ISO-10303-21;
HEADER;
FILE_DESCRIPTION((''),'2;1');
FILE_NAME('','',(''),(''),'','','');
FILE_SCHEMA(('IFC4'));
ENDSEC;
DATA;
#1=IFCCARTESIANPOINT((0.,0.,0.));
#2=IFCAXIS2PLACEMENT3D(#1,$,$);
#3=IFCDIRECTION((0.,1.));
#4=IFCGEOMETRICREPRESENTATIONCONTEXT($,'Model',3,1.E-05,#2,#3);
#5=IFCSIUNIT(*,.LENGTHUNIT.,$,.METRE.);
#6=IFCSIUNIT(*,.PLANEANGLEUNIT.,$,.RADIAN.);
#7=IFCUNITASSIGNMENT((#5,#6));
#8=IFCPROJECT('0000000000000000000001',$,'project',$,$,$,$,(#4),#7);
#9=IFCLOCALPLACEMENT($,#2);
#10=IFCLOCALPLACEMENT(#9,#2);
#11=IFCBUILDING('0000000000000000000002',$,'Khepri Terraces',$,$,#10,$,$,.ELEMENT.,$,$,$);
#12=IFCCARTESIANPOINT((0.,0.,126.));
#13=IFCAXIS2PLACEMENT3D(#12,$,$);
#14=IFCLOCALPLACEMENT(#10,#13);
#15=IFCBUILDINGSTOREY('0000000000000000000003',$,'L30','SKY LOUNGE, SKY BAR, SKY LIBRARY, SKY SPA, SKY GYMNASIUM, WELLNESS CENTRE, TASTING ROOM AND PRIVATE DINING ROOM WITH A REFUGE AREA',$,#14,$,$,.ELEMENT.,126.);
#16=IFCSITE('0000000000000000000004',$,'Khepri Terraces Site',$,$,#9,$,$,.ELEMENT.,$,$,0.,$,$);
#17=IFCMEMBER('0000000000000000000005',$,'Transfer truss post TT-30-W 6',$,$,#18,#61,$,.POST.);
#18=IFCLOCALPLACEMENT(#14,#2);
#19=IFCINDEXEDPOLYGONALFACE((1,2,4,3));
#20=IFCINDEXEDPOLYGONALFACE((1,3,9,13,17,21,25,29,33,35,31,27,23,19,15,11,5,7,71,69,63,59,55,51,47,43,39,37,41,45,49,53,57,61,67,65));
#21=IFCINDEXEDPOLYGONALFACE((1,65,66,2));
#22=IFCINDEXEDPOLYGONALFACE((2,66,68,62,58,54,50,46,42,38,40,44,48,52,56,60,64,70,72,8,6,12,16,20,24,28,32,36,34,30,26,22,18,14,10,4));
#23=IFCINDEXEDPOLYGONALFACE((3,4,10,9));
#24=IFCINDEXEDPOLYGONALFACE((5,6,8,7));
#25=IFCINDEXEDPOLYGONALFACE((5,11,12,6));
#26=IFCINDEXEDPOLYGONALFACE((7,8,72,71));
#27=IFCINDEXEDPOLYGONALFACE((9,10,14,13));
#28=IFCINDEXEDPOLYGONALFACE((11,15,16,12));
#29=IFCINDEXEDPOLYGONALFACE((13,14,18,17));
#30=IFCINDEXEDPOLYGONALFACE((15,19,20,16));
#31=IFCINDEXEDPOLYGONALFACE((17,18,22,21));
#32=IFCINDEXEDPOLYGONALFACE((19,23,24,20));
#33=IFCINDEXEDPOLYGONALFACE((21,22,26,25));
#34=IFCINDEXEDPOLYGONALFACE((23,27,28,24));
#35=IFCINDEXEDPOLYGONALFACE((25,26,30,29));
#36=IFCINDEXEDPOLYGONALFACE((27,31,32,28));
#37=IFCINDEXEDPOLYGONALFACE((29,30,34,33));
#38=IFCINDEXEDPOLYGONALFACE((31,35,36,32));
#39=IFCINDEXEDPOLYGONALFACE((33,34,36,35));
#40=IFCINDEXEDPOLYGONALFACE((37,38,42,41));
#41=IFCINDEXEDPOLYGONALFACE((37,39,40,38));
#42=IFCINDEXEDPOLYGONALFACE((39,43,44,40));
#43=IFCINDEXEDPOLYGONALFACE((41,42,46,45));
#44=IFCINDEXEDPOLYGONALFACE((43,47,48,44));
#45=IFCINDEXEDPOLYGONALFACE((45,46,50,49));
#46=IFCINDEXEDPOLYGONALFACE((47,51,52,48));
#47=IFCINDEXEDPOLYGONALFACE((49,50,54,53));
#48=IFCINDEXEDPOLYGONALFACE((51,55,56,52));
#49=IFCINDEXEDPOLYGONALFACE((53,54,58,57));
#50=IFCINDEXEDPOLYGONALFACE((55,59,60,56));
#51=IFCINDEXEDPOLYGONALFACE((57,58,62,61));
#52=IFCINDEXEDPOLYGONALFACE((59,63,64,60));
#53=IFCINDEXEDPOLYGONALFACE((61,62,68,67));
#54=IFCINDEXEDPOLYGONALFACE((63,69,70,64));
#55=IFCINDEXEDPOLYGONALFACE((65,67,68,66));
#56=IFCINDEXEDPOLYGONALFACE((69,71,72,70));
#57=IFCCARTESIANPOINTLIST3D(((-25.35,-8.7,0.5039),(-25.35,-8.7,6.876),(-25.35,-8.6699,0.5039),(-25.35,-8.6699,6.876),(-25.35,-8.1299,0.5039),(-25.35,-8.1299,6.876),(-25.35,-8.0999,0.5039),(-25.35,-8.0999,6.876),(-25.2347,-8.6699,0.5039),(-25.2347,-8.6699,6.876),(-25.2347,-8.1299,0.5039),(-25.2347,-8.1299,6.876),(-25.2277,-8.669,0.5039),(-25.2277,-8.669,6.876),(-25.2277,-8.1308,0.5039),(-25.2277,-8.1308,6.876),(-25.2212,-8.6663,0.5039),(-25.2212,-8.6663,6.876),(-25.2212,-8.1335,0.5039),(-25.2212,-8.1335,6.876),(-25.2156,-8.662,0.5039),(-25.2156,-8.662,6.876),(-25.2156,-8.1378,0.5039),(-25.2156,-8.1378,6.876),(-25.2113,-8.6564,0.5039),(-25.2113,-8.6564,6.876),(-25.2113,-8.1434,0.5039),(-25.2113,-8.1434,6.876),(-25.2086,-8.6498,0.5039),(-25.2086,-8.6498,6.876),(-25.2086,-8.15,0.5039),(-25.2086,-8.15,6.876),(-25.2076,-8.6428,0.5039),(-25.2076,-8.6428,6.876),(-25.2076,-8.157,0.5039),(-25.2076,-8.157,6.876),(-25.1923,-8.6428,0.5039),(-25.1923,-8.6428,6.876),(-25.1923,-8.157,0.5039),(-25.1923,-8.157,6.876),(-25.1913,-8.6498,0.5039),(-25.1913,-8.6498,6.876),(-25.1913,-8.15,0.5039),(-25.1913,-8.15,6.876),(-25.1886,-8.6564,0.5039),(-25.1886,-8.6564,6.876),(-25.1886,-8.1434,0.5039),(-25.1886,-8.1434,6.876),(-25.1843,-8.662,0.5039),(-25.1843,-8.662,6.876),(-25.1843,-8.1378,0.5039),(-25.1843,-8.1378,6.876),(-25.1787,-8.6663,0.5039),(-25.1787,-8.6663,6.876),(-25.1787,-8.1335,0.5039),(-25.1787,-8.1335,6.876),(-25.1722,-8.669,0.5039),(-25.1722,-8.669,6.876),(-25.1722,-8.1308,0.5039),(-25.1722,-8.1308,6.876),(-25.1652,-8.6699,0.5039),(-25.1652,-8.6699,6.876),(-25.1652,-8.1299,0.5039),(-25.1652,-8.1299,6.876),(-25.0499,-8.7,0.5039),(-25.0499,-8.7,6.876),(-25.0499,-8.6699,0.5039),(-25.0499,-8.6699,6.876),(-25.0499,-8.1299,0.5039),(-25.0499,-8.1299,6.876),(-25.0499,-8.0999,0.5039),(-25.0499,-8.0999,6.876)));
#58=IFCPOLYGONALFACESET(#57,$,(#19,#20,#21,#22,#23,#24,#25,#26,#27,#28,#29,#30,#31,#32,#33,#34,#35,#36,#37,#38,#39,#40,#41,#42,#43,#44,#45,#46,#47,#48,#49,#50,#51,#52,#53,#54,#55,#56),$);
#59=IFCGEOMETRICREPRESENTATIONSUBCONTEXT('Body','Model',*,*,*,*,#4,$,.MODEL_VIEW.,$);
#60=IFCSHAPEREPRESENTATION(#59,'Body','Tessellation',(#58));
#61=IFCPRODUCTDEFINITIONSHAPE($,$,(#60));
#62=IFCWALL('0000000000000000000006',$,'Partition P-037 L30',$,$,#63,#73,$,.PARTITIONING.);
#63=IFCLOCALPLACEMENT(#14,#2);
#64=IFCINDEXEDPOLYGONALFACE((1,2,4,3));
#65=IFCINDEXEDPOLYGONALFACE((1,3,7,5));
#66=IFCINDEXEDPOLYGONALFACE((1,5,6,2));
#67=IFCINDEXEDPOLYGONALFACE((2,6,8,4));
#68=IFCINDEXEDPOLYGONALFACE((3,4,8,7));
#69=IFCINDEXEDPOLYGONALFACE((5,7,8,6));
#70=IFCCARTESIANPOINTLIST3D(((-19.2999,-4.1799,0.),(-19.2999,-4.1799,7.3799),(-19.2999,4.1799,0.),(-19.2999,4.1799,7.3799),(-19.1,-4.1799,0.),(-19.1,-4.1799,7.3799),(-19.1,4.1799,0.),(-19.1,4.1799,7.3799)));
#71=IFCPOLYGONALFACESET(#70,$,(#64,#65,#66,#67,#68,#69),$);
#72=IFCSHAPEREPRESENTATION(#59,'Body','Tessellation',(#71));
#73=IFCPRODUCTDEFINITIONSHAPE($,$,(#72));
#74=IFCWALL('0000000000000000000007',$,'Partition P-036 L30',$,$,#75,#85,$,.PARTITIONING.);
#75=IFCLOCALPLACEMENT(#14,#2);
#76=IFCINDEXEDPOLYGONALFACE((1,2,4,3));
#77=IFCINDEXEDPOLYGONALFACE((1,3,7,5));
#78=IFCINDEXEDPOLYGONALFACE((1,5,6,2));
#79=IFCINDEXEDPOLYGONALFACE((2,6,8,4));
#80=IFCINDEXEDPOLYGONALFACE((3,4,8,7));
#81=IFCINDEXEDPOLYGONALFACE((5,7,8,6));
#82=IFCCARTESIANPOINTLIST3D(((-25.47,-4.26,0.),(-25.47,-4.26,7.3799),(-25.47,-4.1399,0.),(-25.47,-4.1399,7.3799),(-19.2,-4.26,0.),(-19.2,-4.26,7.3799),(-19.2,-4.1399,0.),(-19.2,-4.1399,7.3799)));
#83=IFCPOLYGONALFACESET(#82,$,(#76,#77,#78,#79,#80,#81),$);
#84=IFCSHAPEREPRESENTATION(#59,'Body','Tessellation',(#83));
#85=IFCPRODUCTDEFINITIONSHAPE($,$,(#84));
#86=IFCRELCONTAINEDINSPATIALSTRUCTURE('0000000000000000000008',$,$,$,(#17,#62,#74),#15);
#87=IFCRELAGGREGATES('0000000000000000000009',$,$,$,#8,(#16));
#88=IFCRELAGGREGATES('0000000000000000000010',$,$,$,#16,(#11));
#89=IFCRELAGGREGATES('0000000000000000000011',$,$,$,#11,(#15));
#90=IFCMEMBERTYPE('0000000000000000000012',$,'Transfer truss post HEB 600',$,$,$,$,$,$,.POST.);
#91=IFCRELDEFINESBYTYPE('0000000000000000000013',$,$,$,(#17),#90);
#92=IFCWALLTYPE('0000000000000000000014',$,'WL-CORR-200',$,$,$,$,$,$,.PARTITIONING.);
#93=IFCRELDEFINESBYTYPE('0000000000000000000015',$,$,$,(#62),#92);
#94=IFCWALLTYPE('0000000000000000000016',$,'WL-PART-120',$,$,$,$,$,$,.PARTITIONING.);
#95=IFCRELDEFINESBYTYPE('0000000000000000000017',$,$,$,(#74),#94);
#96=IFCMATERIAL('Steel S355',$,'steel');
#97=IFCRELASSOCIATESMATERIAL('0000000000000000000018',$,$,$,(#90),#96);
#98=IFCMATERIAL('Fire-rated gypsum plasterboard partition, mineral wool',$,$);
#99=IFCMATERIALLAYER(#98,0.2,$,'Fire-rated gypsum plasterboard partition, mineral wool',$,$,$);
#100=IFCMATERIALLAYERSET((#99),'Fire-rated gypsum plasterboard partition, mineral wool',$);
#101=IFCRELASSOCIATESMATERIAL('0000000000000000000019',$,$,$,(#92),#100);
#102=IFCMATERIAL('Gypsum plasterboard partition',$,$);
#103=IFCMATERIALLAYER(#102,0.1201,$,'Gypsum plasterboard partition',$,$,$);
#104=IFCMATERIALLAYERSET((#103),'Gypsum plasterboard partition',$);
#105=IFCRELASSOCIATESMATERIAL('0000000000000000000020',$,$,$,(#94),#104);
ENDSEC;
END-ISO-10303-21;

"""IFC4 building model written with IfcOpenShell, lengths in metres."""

from ifc_helpers import new_model, si_unit, direction, frame, frame_2d, origin, origin_2d, place, context, subcontext, project, spatial, rectangle, i_section, extrude, material, layer, layer_set, material_profile, profile_set, type_object, element, save


model = new_model("IFC4")

# Units and contexts
model_context = context("Model", 3, precision=1e-05, world=origin(), true_north=direction((0.0, 1.0)))
body_context = subcontext(model_context, "Body", "Model", "MODEL_VIEW")
ifc_project = project(units=[si_unit("LENGTHUNIT", "METRE"), si_unit("PLANEANGLEUNIT", "RADIAN")], contexts=[model_context])

# Site, building, storey
site_placement = place(None, origin())
site = spatial("IfcSite", under=ifc_project, at=site_placement, Name="Khepri Terraces Site", CompositionType="ELEMENT", RefElevation=0.0)
building_placement = place(site_placement, origin())
building = spatial("IfcBuilding", under=site, at=building_placement, Name="Khepri Terraces", CompositionType="ELEMENT")
storey_placement = place(building_placement, frame((0.0, 0.0, 126.0)))
storey = spatial("IfcBuildingStorey", under=building, at=storey_placement, Name="L30", Description="SKY LOUNGE, SKY BAR, SKY LIBRARY, SKY SPA, SKY GYMNASIUM, WELLNESS CENTRE, TASTING ROOM AND PRIVATE DINING ROOM WITH A REFUGE AREA", CompositionType="ELEMENT", Elevation=126.0)

# Member
ifc_material_1 = material(Name="Steel S355", Category="steel")
ifc_material_profile_1 = material_profile(ifc_material_1, i_section(OverallWidth=0.3, OverallDepth=0.6001, WebThickness=0.0154, FlangeThickness=0.03, FilletRadius=0.0271, at=origin_2d()), Name="Steel S355", Category="steel")
ifc_profile_set_1 = profile_set([ifc_material_profile_1], Name="Steel S355")
member_type_1 = type_object("IfcMemberType", Name="Transfer truss post HEB 600", PredefinedType="POST", material=ifc_profile_set_1)
for number, where, z_axis, x_axis, name in (
    (1, (-25.2, -8.3999, 0.5039), (0.0, 0.0, 1.0), (1.0, 0.0, 0.0), "Transfer truss post TT-30-W 6"),
):
    element("IfcMember", number, at=place(storey_placement, frame(where, z_axis=z_axis, x_axis=x_axis)), inside=storey, type_object=member_type_1, Name=name, PredefinedType="POST", context=body_context, shape_type="SweptSolid", body=[
        extrude(i_section(OverallWidth=0.3, OverallDepth=0.6001, WebThickness=0.0154, FlangeThickness=0.03, FilletRadius=0.0271, at=origin_2d()), origin(), (0.0, 0.0, 1.0), 6.3721),
    ])

# Walls
ifc_material_2 = material(Name="Fire-rated gypsum plasterboard partition, mineral wool")
ifc_layer_1 = layer(ifc_material_2, 0.2, Name="Fire-rated gypsum plasterboard partition, mineral wool")
ifc_layer_set_1 = layer_set([ifc_layer_1], Name="Fire-rated gypsum plasterboard partition, mineral wool")
wall_type_1 = type_object("IfcWallType", Name="WL-CORR-200", PredefinedType="PARTITIONING", material=ifc_layer_set_1)
wall_1_placement = place(storey_placement, frame((-19.2, -4.1799, 0.0), z_axis=(0.0, 0.0, 1.0), x_axis=(0.0, 1.0, 0.0)))
element("IfcWall", 2, at=wall_1_placement, inside=storey, type_object=wall_type_1, Name="Partition P-037 L30", PredefinedType="PARTITIONING", context=body_context, shape_type="SweptSolid", body=[
    extrude(rectangle(XDim=8.3599, YDim=0.2, at=frame_2d((4.1799, 0.0))), origin(), (0.0, 0.0, 1.0), 7.3799),
])
ifc_material_3 = material(Name="Gypsum plasterboard partition")
ifc_layer_2 = layer(ifc_material_3, 0.1201, Name="Gypsum plasterboard partition")
ifc_layer_set_2 = layer_set([ifc_layer_2], Name="Gypsum plasterboard partition")
wall_type_2 = type_object("IfcWallType", Name="WL-PART-120", PredefinedType="PARTITIONING", material=ifc_layer_set_2)
wall_2_placement = place(storey_placement, frame((-25.47, -4.2, 0.0), z_axis=(0.0, 0.0, 1.0), x_axis=(1.0, 0.0, 0.0)))
element("IfcWall", 3, at=wall_2_placement, inside=storey, type_object=wall_type_2, Name="Partition P-036 L30", PredefinedType="PARTITIONING", context=body_context, shape_type="SweptSolid", body=[
    extrude(rectangle(XDim=6.27, YDim=0.1201, at=frame_2d((3.135, 0.0))), origin(), (0.0, 0.0, 1.0), 7.3799),
])

save(model, "model.ifc")
